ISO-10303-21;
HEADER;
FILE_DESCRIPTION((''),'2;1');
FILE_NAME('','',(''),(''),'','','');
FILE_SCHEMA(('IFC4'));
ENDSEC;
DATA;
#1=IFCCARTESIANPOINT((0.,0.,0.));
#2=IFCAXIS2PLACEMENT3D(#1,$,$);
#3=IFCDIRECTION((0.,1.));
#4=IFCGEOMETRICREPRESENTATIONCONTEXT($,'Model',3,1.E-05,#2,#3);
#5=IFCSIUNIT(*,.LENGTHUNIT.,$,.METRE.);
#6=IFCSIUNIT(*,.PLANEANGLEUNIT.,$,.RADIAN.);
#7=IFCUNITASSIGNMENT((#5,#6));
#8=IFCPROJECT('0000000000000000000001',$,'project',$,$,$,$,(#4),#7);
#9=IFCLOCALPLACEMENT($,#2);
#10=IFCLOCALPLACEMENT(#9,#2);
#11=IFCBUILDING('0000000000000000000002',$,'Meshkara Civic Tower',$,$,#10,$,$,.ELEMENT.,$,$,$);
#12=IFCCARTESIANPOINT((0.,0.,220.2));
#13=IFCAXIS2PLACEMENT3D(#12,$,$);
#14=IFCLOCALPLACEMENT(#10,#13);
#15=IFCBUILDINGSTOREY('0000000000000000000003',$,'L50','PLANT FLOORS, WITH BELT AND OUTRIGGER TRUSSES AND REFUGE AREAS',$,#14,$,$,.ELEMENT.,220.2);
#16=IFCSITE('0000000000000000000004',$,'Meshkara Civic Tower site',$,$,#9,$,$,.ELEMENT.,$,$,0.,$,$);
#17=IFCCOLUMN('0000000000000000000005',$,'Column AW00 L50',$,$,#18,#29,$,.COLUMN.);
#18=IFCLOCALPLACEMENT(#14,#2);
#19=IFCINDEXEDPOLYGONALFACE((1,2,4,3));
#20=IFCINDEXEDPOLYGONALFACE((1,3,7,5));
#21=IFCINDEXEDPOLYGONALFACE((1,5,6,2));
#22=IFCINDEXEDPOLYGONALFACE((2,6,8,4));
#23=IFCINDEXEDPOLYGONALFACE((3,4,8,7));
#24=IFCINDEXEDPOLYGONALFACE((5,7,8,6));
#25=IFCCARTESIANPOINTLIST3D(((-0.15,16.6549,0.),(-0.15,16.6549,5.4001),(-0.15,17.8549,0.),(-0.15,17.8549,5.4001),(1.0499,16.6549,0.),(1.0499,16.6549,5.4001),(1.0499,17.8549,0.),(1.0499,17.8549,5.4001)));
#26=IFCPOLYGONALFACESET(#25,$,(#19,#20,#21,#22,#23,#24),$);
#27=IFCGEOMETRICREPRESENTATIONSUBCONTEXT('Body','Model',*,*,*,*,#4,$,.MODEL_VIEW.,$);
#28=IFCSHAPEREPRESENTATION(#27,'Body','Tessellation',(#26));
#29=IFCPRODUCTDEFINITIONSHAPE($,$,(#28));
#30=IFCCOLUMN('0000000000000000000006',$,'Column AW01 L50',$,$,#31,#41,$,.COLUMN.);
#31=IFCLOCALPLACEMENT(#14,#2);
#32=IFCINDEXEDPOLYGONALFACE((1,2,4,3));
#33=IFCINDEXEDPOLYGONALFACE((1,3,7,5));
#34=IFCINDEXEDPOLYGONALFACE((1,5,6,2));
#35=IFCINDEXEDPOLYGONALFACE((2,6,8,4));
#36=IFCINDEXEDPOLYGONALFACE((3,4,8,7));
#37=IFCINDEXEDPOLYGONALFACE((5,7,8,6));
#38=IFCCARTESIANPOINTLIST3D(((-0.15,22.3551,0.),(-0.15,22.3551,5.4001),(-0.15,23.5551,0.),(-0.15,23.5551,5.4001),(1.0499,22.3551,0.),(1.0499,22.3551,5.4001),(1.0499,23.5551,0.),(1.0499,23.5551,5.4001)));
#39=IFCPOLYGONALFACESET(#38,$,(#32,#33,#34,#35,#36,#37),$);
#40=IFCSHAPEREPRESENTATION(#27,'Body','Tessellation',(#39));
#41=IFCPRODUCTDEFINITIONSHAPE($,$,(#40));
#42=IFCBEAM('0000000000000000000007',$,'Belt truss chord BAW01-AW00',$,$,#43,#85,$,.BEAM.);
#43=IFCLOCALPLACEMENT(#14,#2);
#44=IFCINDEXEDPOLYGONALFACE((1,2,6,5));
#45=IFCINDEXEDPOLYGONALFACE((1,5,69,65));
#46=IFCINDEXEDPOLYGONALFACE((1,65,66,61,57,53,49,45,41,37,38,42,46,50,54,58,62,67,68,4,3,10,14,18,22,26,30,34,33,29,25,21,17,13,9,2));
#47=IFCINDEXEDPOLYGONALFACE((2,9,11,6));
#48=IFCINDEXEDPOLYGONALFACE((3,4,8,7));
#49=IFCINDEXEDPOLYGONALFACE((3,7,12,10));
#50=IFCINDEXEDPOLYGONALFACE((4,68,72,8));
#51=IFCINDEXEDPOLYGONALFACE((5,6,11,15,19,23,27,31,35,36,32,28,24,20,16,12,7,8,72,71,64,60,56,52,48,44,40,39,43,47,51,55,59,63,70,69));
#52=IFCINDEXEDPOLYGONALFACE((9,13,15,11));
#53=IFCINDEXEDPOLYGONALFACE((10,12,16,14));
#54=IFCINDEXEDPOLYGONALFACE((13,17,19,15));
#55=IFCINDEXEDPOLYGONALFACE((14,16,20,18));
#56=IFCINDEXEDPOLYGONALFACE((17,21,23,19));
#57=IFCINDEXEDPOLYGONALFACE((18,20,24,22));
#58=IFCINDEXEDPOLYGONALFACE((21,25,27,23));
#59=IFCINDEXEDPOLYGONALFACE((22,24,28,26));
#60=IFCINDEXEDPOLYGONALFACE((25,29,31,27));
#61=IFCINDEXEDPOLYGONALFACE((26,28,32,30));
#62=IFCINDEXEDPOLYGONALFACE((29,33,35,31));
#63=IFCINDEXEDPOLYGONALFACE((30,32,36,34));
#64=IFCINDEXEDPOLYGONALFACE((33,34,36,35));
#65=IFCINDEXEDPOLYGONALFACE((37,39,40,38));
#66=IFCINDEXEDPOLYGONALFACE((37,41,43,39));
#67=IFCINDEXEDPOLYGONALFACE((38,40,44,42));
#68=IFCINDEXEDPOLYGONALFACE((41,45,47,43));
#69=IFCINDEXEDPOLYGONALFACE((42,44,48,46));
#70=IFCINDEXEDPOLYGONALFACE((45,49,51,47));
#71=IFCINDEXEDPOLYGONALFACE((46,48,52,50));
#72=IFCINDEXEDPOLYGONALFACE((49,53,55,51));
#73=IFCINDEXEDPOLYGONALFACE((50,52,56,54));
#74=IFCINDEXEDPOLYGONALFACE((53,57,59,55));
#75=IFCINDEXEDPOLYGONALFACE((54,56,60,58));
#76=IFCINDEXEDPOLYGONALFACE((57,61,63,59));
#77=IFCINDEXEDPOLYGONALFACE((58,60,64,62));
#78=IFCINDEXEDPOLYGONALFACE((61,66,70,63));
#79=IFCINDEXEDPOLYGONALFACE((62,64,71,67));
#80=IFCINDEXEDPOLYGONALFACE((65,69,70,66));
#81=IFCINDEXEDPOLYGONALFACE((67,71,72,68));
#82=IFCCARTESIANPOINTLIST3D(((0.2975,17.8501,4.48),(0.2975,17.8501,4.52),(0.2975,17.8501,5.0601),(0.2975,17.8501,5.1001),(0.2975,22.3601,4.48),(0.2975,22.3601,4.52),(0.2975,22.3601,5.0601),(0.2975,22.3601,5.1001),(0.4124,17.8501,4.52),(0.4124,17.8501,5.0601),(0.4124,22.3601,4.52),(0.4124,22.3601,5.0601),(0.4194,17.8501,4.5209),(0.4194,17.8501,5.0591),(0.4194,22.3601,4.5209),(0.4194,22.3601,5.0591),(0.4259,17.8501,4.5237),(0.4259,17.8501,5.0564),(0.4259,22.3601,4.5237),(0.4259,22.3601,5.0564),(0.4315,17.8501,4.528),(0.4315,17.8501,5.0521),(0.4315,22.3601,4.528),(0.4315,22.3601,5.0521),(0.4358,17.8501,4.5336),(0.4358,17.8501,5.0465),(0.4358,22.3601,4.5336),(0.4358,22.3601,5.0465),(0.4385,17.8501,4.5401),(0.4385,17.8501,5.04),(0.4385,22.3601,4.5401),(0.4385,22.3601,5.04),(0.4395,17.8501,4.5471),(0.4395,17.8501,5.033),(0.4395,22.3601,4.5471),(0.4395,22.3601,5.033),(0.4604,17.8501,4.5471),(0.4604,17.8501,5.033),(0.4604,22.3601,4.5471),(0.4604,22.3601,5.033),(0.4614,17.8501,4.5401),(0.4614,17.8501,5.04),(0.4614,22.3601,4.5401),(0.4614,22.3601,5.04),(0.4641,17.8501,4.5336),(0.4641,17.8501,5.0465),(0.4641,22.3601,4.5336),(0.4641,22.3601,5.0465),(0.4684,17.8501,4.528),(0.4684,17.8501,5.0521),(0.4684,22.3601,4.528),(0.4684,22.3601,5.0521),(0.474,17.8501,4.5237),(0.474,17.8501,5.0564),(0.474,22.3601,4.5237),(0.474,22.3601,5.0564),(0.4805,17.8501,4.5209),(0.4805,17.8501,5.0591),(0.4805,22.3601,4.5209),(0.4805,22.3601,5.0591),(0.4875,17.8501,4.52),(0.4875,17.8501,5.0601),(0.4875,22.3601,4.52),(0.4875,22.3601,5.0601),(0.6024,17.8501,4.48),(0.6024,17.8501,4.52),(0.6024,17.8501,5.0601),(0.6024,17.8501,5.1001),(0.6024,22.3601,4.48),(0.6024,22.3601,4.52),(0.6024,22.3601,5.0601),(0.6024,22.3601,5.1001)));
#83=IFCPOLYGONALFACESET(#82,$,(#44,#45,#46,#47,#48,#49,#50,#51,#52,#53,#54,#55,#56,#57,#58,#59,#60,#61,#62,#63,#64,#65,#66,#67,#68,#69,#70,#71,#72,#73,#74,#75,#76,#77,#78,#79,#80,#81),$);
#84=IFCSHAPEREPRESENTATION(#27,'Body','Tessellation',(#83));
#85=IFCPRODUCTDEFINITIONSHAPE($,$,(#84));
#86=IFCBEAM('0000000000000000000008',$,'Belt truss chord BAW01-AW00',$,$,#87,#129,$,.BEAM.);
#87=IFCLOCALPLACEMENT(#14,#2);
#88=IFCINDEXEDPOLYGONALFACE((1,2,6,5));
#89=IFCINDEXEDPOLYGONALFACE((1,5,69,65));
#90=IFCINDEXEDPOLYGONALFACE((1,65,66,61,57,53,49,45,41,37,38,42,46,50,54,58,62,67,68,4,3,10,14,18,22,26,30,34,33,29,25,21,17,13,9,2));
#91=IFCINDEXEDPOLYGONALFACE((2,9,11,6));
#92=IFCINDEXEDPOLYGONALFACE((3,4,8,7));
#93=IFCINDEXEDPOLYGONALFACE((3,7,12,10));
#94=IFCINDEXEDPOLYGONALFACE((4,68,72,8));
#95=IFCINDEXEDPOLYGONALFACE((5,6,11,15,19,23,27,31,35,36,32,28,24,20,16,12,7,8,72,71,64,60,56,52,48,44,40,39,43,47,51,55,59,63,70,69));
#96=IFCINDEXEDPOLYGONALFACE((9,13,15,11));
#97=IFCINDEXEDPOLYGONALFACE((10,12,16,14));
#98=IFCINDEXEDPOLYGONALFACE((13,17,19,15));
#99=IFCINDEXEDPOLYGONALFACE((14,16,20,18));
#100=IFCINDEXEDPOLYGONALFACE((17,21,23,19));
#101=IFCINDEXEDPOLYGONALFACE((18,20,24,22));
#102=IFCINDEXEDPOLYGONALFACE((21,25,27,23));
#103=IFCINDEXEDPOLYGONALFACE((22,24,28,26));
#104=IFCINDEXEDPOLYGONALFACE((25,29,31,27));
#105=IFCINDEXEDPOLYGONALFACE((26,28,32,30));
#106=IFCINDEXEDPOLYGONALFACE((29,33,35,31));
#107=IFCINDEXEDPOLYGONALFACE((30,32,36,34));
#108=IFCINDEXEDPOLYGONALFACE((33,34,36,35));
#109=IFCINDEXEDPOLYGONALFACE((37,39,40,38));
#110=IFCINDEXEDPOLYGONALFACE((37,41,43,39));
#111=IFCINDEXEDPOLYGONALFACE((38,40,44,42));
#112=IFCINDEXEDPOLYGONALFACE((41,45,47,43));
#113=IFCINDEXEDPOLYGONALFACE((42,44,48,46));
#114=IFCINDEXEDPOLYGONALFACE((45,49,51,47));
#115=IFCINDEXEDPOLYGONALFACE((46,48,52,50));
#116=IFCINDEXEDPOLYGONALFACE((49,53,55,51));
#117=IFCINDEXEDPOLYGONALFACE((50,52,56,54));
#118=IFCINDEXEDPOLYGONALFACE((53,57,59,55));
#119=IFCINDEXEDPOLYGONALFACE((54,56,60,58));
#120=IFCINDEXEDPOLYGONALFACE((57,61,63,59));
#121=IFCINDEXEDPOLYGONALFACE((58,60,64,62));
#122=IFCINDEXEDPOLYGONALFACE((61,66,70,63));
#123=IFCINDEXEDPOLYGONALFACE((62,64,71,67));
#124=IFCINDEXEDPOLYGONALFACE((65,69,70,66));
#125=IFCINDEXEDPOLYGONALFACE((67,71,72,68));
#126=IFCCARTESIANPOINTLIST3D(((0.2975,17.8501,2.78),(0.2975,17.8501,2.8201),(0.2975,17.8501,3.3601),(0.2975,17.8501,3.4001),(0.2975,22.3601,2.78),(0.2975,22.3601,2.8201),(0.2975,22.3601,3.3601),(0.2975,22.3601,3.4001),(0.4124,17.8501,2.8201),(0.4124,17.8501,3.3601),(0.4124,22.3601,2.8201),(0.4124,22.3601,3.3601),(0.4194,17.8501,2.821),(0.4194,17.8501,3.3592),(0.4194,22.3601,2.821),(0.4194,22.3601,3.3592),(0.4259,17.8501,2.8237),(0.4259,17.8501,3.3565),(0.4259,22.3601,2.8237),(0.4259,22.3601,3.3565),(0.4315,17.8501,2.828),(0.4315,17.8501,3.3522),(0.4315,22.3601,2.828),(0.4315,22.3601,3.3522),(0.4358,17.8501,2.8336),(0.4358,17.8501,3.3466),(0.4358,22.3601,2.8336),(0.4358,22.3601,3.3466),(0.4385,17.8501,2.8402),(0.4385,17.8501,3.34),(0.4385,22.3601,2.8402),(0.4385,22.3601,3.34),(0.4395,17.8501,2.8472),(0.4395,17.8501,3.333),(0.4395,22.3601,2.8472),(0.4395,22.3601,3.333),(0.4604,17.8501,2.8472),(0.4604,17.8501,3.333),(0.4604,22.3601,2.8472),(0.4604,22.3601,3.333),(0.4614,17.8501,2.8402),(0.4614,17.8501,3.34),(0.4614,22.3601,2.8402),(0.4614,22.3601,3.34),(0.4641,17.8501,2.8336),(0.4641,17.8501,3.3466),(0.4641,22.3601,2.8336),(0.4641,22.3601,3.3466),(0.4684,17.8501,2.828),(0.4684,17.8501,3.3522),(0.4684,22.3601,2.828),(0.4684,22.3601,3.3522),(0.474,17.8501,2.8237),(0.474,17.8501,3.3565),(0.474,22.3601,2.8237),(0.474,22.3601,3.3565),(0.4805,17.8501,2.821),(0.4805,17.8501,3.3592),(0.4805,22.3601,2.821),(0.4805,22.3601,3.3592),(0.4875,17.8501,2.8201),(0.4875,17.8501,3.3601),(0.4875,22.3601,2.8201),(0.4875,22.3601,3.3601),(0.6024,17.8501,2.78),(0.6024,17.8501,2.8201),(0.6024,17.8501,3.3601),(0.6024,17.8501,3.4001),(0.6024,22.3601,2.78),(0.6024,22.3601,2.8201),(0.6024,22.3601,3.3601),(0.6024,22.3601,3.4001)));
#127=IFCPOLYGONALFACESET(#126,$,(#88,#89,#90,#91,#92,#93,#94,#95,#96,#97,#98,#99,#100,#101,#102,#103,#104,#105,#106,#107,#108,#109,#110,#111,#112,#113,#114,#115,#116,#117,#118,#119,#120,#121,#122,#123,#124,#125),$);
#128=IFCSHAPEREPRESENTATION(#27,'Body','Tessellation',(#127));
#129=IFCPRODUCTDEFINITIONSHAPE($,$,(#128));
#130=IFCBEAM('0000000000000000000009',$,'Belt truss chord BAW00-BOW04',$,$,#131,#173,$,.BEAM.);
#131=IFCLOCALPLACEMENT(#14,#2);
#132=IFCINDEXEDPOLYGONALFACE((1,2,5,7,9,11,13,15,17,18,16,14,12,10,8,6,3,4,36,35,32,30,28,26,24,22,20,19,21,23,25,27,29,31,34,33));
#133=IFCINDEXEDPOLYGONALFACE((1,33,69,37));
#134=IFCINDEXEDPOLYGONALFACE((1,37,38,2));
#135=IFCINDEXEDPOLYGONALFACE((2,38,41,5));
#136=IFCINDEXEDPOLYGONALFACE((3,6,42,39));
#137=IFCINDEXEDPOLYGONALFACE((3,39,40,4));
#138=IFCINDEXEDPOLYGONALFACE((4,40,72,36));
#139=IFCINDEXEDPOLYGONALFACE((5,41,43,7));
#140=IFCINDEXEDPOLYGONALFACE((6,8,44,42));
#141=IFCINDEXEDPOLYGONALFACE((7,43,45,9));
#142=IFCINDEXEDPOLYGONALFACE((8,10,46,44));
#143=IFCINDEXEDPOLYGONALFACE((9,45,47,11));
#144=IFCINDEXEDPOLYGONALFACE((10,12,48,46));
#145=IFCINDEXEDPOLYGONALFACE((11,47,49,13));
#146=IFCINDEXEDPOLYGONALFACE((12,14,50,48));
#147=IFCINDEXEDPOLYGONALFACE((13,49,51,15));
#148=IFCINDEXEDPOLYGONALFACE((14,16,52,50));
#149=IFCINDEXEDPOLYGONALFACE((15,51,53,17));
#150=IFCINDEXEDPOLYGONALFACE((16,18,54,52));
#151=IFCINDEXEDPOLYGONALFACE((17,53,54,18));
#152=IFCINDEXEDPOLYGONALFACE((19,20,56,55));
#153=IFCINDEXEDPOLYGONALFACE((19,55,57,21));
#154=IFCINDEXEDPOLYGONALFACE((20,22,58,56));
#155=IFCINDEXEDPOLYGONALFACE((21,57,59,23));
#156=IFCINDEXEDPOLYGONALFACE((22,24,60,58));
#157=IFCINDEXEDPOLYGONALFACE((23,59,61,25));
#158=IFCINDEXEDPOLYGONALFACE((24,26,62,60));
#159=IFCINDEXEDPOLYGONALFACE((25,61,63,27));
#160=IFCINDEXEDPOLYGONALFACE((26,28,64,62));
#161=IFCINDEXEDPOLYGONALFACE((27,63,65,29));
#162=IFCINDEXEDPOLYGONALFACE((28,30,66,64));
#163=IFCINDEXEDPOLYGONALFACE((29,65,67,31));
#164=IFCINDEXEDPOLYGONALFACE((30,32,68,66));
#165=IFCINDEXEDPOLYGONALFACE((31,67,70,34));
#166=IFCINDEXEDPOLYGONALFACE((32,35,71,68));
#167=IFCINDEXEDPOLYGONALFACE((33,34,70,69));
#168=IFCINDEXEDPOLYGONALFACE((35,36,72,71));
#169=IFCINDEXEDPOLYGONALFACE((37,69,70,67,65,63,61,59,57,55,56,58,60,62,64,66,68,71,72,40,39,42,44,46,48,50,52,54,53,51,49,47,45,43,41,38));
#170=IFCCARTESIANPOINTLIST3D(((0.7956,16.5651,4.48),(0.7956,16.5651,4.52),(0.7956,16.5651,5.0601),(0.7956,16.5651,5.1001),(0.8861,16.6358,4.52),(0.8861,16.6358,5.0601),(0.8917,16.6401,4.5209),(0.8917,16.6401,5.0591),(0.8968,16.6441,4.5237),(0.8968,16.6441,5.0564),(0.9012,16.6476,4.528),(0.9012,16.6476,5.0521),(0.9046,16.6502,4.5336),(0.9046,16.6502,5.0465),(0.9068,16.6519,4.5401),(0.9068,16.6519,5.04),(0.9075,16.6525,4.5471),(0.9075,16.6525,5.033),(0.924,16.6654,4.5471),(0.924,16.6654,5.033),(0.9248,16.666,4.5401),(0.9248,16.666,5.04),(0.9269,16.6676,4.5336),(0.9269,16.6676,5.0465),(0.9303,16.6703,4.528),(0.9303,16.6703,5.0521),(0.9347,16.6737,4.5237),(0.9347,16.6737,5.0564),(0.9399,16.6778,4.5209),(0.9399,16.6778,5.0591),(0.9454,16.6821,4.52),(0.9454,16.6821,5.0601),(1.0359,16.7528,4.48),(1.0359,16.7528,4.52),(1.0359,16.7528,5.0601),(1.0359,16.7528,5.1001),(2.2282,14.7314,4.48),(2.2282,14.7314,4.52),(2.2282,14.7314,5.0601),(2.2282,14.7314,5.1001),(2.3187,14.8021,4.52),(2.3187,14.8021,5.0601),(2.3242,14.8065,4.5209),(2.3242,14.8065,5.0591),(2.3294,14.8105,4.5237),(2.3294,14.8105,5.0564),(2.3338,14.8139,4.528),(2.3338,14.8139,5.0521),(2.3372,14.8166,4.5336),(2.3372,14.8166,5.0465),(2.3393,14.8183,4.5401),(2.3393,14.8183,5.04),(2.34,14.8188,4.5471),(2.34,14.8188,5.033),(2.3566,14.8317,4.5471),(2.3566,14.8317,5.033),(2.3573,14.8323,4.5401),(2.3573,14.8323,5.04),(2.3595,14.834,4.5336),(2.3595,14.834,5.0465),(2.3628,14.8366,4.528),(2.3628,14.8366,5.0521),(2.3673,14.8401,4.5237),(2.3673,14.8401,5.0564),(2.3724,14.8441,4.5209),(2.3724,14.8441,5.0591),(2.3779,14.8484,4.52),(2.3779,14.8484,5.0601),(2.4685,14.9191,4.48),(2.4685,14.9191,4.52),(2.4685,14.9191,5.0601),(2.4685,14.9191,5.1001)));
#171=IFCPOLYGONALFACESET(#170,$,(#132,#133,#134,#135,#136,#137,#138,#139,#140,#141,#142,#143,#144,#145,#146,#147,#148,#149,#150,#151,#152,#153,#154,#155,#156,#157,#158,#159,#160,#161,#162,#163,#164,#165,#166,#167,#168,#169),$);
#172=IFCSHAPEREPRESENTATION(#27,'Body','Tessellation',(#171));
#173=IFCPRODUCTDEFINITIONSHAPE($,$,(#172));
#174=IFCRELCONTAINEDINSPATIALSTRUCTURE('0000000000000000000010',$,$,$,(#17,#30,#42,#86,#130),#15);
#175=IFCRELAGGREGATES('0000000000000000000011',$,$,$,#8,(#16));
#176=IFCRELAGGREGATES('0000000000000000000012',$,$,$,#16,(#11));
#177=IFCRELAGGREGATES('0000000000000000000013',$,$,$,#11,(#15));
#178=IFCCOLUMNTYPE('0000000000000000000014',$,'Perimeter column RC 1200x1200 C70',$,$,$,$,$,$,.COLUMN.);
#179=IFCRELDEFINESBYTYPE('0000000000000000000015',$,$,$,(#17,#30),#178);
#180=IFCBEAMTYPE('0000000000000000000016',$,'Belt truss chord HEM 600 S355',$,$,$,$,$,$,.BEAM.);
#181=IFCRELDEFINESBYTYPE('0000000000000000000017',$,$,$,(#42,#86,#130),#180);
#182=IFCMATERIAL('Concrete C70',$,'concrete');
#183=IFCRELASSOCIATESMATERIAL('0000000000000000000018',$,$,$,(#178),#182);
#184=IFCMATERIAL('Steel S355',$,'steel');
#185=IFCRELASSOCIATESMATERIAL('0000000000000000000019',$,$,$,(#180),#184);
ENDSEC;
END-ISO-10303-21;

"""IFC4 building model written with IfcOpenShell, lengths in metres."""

from ifc_helpers import new_model, si_unit, direction, frame, origin, origin_2d, place, context, subcontext, project, spatial, rectangle, i_section, extrude, material, material_profile, profile_set, type_object, element, save


model = new_model("IFC4")

# Units and contexts
model_context = context("Model", 3, precision=1e-05, world=origin(), true_north=direction((0.0, 1.0)))
body_context = subcontext(model_context, "Body", "Model", "MODEL_VIEW")
ifc_project = project(units=[si_unit("LENGTHUNIT", "METRE"), si_unit("PLANEANGLEUNIT", "RADIAN")], contexts=[model_context])

# Site, building, storey
site_placement = place(None, origin())
site = spatial("IfcSite", under=ifc_project, at=site_placement, Name="Meshkara Civic Tower site", CompositionType="ELEMENT", RefElevation=0.0)
building_placement = place(site_placement, origin())
building = spatial("IfcBuilding", under=site, at=building_placement, Name="Meshkara Civic Tower", CompositionType="ELEMENT")
storey_placement = place(building_placement, frame((0.0, 0.0, 220.2)))
storey = spatial("IfcBuildingStorey", under=building, at=storey_placement, Name="L50", Description="PLANT FLOORS, WITH BELT AND OUTRIGGER TRUSSES AND REFUGE AREAS", CompositionType="ELEMENT", Elevation=220.2)

# Columns
ifc_material_1 = material(Name="Concrete C70", Category="concrete")
ifc_material_profile_1 = material_profile(ifc_material_1, rectangle(XDim=1.2, YDim=1.2, at=origin_2d()))
ifc_profile_set_1 = profile_set([ifc_material_profile_1], Name="Concrete C70")
column_type = type_object("IfcColumnType", Name="Perimeter column RC 1200x1200 C70", PredefinedType="COLUMN", material=ifc_profile_set_1)
for number, where, z_axis, x_axis, name in (
    (1, (0.45, 17.2549, 0.0), (0.0, 0.0, 1.0), (1.0, 0.0, 0.0), "Column AW00 L50"),
    (2, (0.45, 22.9551, 0.0), (0.0, 0.0, 1.0), (1.0, 0.0, 0.0), "Column AW01 L50"),
):
    element("IfcColumn", number, at=place(storey_placement, frame(where, z_axis=z_axis, x_axis=x_axis)), inside=storey, type_object=column_type, Name=name, PredefinedType="COLUMN", context=body_context, shape_type="SweptSolid", body=[
        extrude(rectangle(XDim=1.2, YDim=1.2, at=origin_2d()), origin(), (0.0, 0.0, 1.0), 5.4001),
    ])

# Beams
ifc_material_2 = material(Name="Steel S355", Category="steel")
ifc_material_profile_2 = material_profile(ifc_material_2, i_section(OverallWidth=0.3049, OverallDepth=0.6201, WebThickness=0.021, FlangeThickness=0.04, FilletRadius=0.0271, at=origin_2d()))
ifc_profile_set_2 = profile_set([ifc_material_profile_2], Name="Steel S355")
beam_type = type_object("IfcBeamType", Name="Belt truss chord HEM 600 S355", PredefinedType="BEAM", material=ifc_profile_set_2)
for number, where, z_axis, x_axis, name in (
    (3, (0.45, 22.3601, 4.79), (0.0, -1.0, 0.0), (1.0, 0.0, 0.0), "Belt truss chord BAW01-AW00"),
    (4, (0.45, 22.3601, 3.0901), (0.0, -1.0, 0.0), (1.0, 0.0, 0.0), "Belt truss chord BAW01-AW00"),
):
    element("IfcBeam", number, at=place(storey_placement, frame(where, z_axis=z_axis, x_axis=x_axis)), inside=storey, type_object=beam_type, Name=name, PredefinedType="BEAM", context=body_context, shape_type="SweptSolid", body=[
        extrude(i_section(OverallWidth=0.3049, OverallDepth=0.6201, WebThickness=0.021, FlangeThickness=0.04, FilletRadius=0.0271, at=origin_2d()), origin(), (0.0, 0.0, 1.0), 4.51),
    ])
for number, where, z_axis, x_axis, name in (
    (5, (0.9158, 16.6589, 4.79), (0.615646, -0.788023, 0.0), (0.788023, 0.615646, 0.0), "Belt truss chord BAW00-BOW04"),
):
    element("IfcBeam", number, at=place(storey_placement, frame(where, z_axis=z_axis, x_axis=x_axis)), inside=storey, type_object=beam_type, Name=name, PredefinedType="BEAM", context=body_context, shape_type="SweptSolid", body=[
        extrude(i_section(OverallWidth=0.3049, OverallDepth=0.6201, WebThickness=0.021, FlangeThickness=0.04, FilletRadius=0.0271, at=origin_2d()), origin(), (0.0, 0.0, 1.0), 2.3269),
    ])

save(model, "model.ifc")
